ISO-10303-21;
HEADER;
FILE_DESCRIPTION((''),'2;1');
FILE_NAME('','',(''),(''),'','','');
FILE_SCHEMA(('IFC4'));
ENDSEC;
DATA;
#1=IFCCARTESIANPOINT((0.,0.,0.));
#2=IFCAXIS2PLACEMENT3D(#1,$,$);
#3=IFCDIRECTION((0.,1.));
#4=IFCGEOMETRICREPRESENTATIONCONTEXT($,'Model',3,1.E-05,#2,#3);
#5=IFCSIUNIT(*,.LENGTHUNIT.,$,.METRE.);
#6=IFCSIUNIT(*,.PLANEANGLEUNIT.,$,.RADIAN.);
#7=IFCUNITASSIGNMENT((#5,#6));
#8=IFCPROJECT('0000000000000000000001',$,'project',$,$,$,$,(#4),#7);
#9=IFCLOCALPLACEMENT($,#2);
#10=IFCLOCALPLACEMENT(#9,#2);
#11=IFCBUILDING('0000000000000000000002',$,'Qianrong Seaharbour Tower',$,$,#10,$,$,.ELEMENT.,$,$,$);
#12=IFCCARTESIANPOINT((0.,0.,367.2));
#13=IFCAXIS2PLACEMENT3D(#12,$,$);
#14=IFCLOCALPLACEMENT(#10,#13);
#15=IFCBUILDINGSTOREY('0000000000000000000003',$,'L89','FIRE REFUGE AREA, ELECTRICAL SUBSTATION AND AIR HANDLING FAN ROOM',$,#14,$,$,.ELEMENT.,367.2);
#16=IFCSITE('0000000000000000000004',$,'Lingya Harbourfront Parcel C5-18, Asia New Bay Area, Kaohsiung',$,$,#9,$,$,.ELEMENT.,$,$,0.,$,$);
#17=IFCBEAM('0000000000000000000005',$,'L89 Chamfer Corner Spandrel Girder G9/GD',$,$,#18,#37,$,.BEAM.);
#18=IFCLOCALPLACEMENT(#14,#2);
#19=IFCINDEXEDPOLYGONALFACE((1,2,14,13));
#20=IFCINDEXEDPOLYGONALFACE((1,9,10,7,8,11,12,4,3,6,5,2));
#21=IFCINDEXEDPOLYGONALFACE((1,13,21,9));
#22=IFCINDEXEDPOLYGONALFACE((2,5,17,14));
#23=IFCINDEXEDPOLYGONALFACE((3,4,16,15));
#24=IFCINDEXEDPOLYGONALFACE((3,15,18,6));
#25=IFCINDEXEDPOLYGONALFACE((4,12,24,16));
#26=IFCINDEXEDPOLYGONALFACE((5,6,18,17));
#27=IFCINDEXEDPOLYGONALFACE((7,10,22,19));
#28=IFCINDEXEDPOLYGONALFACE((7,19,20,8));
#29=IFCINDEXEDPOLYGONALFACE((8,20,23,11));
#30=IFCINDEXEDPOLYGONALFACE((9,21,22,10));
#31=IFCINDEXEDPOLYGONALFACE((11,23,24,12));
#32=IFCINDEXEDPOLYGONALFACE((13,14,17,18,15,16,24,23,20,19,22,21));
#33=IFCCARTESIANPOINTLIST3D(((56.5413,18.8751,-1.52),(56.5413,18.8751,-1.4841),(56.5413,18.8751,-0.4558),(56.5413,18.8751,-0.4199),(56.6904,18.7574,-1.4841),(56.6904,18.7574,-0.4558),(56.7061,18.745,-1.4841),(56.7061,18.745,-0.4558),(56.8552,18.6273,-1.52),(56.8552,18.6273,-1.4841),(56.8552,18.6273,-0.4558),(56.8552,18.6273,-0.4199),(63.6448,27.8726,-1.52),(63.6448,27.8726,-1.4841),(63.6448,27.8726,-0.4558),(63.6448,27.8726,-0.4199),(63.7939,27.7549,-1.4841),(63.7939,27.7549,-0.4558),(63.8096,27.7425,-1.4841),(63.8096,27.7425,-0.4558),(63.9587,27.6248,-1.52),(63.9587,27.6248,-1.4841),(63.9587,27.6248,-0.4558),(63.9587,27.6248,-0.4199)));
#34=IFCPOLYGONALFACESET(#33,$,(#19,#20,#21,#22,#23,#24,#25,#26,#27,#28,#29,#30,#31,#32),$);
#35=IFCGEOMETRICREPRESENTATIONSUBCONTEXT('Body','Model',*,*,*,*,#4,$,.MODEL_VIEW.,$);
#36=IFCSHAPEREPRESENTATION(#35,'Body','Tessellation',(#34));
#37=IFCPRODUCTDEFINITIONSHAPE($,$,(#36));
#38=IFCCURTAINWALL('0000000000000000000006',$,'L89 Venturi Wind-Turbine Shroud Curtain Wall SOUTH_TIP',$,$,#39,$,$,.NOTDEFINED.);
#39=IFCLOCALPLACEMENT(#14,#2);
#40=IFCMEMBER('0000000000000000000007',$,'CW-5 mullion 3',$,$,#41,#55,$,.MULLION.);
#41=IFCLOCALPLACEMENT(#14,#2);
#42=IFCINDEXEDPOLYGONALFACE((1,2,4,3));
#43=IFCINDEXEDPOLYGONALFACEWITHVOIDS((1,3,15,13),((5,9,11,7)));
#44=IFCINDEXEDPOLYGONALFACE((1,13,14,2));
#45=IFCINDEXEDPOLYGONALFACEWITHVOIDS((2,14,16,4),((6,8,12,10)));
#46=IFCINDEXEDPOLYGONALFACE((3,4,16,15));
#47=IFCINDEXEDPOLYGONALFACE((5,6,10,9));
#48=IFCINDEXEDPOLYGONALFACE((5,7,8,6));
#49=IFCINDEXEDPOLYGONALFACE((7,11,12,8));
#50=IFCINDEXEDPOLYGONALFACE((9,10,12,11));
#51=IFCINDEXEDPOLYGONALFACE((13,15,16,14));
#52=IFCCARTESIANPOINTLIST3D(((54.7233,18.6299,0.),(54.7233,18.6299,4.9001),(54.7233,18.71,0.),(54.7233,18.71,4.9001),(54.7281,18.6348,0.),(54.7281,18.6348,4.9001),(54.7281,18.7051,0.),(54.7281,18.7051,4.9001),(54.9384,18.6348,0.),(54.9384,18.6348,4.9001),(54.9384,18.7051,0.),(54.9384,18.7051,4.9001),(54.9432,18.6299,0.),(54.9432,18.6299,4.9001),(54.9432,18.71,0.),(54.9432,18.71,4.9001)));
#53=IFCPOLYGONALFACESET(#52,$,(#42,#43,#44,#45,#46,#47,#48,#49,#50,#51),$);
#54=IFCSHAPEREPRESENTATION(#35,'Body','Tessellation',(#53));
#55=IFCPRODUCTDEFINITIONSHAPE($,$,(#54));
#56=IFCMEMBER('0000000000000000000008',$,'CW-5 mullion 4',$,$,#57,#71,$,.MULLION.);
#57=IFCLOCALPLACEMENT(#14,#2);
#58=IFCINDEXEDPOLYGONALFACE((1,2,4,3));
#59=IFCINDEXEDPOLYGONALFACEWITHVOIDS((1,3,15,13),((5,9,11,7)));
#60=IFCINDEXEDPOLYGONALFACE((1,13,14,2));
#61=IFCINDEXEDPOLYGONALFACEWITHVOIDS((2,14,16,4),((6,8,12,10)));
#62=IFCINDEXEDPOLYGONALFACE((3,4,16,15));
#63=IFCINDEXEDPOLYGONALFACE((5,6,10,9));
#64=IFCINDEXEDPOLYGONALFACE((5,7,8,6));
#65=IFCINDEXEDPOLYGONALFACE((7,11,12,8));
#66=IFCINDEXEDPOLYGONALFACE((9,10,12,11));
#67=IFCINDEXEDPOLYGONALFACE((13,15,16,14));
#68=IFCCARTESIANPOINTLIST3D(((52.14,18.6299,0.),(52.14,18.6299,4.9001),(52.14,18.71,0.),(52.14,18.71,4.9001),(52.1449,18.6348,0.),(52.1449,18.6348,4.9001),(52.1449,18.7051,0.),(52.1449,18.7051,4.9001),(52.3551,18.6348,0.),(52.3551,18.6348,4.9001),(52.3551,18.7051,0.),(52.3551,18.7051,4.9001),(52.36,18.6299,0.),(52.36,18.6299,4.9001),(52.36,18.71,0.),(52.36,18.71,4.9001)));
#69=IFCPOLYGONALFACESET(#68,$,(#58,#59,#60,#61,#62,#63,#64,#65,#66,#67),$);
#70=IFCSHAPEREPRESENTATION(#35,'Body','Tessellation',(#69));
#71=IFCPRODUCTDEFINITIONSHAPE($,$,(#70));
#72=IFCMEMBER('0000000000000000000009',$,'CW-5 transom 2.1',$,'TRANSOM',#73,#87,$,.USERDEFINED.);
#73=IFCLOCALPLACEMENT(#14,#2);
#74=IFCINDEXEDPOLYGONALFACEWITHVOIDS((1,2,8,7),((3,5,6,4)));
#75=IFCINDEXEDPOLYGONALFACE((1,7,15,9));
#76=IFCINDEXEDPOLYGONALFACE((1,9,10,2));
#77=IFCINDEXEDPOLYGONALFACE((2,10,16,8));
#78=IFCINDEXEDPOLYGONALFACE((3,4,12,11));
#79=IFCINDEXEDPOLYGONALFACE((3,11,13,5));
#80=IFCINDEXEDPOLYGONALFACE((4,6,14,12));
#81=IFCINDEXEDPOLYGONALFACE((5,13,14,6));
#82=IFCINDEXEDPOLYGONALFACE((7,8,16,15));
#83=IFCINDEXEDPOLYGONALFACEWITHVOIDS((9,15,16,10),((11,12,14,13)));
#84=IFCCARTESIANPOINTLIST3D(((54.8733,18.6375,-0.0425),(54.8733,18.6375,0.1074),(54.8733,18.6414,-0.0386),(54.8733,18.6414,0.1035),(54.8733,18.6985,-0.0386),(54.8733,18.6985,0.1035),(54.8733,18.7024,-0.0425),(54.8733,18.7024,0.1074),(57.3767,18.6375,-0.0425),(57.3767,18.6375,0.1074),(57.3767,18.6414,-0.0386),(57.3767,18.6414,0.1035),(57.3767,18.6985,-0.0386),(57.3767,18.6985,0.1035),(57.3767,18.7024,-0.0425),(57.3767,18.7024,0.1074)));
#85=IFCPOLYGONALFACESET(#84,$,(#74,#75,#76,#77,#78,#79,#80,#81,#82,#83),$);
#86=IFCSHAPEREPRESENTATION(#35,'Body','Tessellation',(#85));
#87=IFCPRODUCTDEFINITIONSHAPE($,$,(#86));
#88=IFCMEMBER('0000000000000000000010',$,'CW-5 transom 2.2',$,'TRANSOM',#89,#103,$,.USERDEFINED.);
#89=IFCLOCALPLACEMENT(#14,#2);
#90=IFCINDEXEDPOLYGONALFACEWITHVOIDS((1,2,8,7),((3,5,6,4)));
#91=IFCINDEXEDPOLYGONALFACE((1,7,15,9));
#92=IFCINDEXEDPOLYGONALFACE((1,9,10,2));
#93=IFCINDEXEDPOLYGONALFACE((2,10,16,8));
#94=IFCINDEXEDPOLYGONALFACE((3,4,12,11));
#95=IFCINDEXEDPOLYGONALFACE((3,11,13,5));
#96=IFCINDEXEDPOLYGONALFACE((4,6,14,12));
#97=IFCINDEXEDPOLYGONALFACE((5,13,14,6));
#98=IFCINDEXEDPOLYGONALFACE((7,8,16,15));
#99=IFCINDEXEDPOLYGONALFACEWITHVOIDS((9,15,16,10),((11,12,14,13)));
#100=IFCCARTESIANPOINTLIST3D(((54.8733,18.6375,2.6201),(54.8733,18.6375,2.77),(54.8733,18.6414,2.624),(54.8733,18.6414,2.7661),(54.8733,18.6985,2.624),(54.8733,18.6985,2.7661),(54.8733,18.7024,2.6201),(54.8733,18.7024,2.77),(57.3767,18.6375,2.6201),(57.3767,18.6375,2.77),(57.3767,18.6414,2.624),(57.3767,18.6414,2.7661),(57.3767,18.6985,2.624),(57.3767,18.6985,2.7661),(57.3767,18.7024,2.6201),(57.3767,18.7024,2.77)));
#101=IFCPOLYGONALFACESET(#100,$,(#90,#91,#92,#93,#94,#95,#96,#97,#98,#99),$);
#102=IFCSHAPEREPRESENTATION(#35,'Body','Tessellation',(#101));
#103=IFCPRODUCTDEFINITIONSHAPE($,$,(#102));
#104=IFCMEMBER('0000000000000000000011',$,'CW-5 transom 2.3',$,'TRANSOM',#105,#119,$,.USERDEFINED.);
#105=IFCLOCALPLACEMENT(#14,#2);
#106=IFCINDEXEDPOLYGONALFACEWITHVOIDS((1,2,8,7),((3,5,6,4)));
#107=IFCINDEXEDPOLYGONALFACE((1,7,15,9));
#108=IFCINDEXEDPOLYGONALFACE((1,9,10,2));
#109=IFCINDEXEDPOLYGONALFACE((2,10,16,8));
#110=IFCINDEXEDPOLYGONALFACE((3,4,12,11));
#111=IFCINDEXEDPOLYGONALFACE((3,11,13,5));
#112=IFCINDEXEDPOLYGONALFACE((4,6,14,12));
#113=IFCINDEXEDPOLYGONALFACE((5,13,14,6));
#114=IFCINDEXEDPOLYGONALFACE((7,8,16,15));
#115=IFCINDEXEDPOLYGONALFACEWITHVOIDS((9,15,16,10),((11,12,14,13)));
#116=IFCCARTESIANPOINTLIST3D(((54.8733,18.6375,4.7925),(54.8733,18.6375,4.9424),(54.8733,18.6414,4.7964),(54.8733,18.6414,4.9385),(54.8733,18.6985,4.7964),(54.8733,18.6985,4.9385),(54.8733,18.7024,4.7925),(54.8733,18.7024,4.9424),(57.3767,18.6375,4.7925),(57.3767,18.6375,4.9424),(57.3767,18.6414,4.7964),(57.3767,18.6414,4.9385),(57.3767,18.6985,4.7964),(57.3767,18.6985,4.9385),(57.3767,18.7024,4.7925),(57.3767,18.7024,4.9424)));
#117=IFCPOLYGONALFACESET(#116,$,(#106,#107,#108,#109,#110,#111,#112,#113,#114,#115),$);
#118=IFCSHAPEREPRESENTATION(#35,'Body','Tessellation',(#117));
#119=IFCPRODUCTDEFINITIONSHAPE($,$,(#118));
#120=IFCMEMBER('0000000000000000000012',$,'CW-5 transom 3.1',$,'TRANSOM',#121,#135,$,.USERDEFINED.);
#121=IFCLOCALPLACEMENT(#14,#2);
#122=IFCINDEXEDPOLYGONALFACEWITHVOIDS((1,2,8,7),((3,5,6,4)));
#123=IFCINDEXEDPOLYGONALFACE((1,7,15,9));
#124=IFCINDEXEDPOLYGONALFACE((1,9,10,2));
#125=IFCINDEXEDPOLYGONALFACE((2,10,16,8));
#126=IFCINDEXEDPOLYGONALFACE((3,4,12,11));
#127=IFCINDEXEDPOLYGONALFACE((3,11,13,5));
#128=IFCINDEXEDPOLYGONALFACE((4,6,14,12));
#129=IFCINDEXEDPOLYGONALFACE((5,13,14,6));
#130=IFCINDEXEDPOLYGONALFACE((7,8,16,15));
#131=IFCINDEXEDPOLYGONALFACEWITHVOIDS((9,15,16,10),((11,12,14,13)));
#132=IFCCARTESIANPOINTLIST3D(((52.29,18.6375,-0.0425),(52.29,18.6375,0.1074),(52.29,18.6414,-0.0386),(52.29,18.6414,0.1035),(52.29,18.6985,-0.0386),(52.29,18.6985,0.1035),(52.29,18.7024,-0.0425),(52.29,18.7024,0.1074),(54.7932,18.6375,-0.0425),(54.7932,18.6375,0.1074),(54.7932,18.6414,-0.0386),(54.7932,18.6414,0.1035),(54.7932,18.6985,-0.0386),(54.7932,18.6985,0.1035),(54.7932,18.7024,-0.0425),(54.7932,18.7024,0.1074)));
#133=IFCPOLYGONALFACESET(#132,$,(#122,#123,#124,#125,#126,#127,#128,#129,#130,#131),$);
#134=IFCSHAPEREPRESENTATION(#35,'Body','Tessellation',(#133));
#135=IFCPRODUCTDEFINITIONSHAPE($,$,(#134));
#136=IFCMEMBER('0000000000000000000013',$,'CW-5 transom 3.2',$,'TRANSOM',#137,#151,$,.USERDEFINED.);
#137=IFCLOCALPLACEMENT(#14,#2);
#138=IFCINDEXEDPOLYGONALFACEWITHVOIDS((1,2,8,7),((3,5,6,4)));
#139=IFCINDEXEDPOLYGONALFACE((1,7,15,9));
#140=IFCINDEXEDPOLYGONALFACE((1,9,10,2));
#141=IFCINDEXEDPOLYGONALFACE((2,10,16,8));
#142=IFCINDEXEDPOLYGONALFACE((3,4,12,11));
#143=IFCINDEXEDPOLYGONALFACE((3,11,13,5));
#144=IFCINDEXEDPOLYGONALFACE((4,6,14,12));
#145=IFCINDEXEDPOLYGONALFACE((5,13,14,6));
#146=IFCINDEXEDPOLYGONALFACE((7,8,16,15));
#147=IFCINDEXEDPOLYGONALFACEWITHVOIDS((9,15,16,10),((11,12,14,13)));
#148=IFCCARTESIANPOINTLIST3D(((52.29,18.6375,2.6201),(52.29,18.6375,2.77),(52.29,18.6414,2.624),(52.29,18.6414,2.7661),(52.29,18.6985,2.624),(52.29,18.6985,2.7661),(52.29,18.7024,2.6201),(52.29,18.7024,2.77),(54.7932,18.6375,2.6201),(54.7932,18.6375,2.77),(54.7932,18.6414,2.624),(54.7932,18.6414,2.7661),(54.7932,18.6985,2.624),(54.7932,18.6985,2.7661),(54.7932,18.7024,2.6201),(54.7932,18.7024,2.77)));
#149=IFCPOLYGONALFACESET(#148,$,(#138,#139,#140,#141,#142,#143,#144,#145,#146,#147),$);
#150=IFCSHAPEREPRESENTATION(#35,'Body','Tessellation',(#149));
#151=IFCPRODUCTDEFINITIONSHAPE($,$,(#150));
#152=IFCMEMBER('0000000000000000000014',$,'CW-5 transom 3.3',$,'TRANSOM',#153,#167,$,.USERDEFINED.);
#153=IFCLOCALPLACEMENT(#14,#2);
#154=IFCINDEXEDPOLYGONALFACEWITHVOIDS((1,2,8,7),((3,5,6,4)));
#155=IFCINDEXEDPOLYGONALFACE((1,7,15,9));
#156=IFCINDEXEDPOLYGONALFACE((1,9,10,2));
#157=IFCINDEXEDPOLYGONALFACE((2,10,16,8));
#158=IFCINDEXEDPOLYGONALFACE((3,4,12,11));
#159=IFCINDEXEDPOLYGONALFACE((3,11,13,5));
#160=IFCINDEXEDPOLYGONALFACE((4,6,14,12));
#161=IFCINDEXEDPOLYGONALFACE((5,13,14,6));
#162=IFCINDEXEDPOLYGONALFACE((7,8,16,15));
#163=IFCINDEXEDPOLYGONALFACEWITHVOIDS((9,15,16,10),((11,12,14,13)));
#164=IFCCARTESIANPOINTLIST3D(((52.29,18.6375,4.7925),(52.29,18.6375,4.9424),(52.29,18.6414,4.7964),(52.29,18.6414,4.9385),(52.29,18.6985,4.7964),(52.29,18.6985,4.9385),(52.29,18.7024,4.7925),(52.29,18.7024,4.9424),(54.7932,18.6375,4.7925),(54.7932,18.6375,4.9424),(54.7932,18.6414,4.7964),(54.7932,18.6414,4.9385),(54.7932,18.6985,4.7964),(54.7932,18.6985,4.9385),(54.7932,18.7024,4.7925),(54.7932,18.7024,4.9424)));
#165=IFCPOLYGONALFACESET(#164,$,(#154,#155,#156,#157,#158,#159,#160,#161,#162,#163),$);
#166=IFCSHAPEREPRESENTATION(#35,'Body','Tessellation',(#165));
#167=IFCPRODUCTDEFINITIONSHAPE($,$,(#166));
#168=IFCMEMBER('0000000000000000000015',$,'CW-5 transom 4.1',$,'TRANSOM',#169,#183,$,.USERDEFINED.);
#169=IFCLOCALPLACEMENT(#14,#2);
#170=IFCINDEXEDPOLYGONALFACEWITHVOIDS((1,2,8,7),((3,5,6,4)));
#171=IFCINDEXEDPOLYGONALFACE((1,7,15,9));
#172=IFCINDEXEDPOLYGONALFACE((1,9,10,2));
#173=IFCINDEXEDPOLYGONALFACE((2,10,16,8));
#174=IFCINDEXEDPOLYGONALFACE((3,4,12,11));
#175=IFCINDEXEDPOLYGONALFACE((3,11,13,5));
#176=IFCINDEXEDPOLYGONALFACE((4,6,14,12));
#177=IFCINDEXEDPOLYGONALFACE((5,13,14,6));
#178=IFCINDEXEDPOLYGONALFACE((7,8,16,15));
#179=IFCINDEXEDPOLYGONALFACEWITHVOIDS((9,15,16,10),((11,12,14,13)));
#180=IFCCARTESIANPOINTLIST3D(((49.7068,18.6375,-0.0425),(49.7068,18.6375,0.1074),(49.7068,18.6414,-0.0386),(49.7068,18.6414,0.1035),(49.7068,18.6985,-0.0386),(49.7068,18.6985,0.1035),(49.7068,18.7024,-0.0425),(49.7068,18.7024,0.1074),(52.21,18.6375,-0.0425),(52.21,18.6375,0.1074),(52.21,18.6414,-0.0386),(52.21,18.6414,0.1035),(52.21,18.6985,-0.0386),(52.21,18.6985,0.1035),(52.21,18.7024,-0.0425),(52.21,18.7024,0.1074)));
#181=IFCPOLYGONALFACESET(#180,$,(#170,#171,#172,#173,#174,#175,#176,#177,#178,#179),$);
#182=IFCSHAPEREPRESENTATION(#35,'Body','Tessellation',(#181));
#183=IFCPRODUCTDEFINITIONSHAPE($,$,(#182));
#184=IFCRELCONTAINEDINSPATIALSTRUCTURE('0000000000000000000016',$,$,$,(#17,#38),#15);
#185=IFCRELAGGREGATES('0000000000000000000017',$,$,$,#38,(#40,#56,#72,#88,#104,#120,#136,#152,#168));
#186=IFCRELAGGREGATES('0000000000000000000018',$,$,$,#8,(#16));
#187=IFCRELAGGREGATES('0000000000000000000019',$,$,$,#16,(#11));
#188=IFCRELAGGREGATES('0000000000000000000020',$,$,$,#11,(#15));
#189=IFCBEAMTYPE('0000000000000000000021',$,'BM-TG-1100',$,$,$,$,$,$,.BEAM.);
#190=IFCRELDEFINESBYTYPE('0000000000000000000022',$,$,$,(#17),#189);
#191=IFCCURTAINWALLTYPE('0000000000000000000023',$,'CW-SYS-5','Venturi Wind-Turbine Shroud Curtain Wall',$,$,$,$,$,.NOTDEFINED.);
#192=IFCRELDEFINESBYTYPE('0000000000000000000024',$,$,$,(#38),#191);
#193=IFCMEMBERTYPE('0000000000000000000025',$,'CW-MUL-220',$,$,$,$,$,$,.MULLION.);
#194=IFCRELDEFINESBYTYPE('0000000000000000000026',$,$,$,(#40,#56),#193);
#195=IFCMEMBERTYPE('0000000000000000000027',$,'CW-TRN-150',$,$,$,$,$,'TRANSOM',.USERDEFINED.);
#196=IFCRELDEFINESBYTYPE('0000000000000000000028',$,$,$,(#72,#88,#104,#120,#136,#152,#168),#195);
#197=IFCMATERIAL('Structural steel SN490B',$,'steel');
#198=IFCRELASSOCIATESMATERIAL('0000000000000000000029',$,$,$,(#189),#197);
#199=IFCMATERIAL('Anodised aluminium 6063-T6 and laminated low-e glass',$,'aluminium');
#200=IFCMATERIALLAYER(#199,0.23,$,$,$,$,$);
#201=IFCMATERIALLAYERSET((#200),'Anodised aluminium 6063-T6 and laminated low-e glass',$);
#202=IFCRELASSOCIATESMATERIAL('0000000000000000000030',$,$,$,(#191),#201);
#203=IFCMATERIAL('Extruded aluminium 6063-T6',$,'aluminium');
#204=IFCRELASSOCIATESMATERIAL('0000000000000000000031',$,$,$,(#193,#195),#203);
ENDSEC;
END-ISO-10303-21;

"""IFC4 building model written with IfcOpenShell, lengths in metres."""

from ifc_helpers import new_model, si_unit, direction, frame, origin, origin_2d, place, context, subcontext, project, spatial, hollow_rectangle, i_section, extrude, material, layer, layer_set, material_profile, profile_set, type_object, element, aggregate, save


model = new_model("IFC4")

# Units and contexts
model_context = context("Model", 3, precision=1e-05, world=origin(), true_north=direction((0.0, 1.0)))
body_context = subcontext(model_context, "Body", "Model", "MODEL_VIEW")
ifc_project = project(units=[si_unit("LENGTHUNIT", "METRE"), si_unit("PLANEANGLEUNIT", "RADIAN")], contexts=[model_context])

# Site, building, storey
site_placement = place(None, origin())
site = spatial("IfcSite", under=ifc_project, at=site_placement, Name="Lingya Harbourfront Parcel C5-18, Asia New Bay Area, Kaohsiung", CompositionType="ELEMENT", RefElevation=0.0)
building_placement = place(site_placement, origin())
building = spatial("IfcBuilding", under=site, at=building_placement, Name="Qianrong Seaharbour Tower", CompositionType="ELEMENT")
storey_placement = place(building_placement, frame((0.0, 0.0, 367.2)))
storey = spatial("IfcBuildingStorey", under=building, at=storey_placement, Name="L89", Description="FIRE REFUGE AREA, ELECTRICAL SUBSTATION AND AIR HANDLING FAN ROOM", CompositionType="ELEMENT", Elevation=367.2)

# Beam
ifc_material_1 = material(Name="Structural steel SN490B", Category="steel")
ifc_material_profile_1 = material_profile(ifc_material_1, i_section(OverallWidth=0.3999, OverallDepth=1.1001, WebThickness=0.02, FlangeThickness=0.0359, at=origin_2d()), Name="BH1100x400x20x36")
ifc_profile_set_1 = profile_set([ifc_material_profile_1], Name="Structural steel SN490B")
beam_type_1 = type_object("IfcBeamType", Name="BM-TG-1100", PredefinedType="BEAM", material=ifc_profile_set_1)
beam_1_placement = place(storey_placement, frame((56.6982, 18.7512, -0.97), z_axis=(0.619654, 0.784875, 0.0), x_axis=(-0.784875, 0.619654, 0.0)))
element("IfcBeam", 1, at=beam_1_placement, inside=storey, type_object=beam_type_1, Name="L89 Chamfer Corner Spandrel Girder G9/GD", PredefinedType="BEAM", context=body_context, shape_type="SweptSolid", body=[
    extrude(i_section(OverallWidth=0.3999, OverallDepth=1.1001, WebThickness=0.02, FlangeThickness=0.0359, at=origin_2d()), origin(), (0.0, 0.0, 1.0), 11.4636),
])

# Curtain wall, members
ifc_material_2 = material(Name="Anodised aluminium 6063-T6 and laminated low-e glass", Category="aluminium")
ifc_layer_1 = layer(ifc_material_2, 0.23)
ifc_layer_set_1 = layer_set([ifc_layer_1], Name="Anodised aluminium 6063-T6 and laminated low-e glass")
curtain_wall_type = type_object("IfcCurtainWallType", Name="CW-SYS-5", Description="Venturi Wind-Turbine Shroud Curtain Wall", PredefinedType="NOTDEFINED", material=ifc_layer_set_1)
curtain_wall_placement = place(storey_placement, origin())
curtain_wall = element("IfcCurtainWall", 2, at=curtain_wall_placement, inside=storey, type_object=curtain_wall_type, Name="L89 Venturi Wind-Turbine Shroud Curtain Wall SOUTH_TIP", PredefinedType="NOTDEFINED")
ifc_material_3 = material(Name="Extruded aluminium 6063-T6", Category="aluminium")
ifc_material_profile_2 = material_profile(ifc_material_3, hollow_rectangle(XDim=0.0801, YDim=0.22, WallThickness=0.0049, at=origin_2d()), Name="ALU-MUL-220x80x5")
ifc_profile_set_2 = profile_set([ifc_material_profile_2], Name="Extruded aluminium 6063-T6")
member_type_1 = type_object("IfcMemberType", Name="CW-MUL-220", PredefinedType="MULLION", material=ifc_profile_set_2)
member_1_placement = place(storey_placement, frame((54.8333, 18.6699, 0.0), z_axis=(0.0, 0.0, 1.0), x_axis=(0.0, -1.0, 0.0)))
member_1 = element("IfcMember", 3, at=member_1_placement, type_object=member_type_1, Name="CW-5 mullion 3", PredefinedType="MULLION", context=body_context, shape_type="SweptSolid", body=[
    extrude(hollow_rectangle(XDim=0.0801, YDim=0.22, WallThickness=0.0049, at=origin_2d()), origin(), (0.0, 0.0, 1.0), 4.9001),
])
member_2_placement = place(storey_placement, frame((52.25, 18.6699, 0.0), z_axis=(0.0, 0.0, 1.0), x_axis=(0.0, -1.0, 0.0)))
member_2 = element("IfcMember", 4, at=member_2_placement, type_object=member_type_1, Name="CW-5 mullion 4", PredefinedType="MULLION", context=body_context, shape_type="SweptSolid", body=[
    extrude(hollow_rectangle(XDim=0.0801, YDim=0.22, WallThickness=0.0049, at=origin_2d()), origin(), (0.0, 0.0, 1.0), 4.9001),
])
ifc_material_profile_3 = material_profile(ifc_material_3, hollow_rectangle(XDim=0.0649, YDim=0.1499, WallThickness=0.0039, at=origin_2d()), Name="ALU-TRN-150x65x4")
ifc_profile_set_3 = profile_set([ifc_material_profile_3], Name="Extruded aluminium 6063-T6")
member_type_2 = type_object("IfcMemberType", Name="CW-TRN-150", ElementType="TRANSOM", PredefinedType="USERDEFINED", material=ifc_profile_set_3)
member_3_placement = place(storey_placement, frame((57.3767, 18.6699, 0.0325), z_axis=(-1.0, 0.0, 0.0), x_axis=(0.0, -1.0, 0.0)))
member_3 = element("IfcMember", 5, at=member_3_placement, type_object=member_type_2, Name="CW-5 transom 2.1", ObjectType="TRANSOM", PredefinedType="USERDEFINED", context=body_context, shape_type="SweptSolid", body=[
    extrude(hollow_rectangle(XDim=0.0649, YDim=0.1499, WallThickness=0.0039, at=origin_2d()), origin(), (0.0, 0.0, 1.0), 2.5034),
])
member_4_placement = place(storey_placement, frame((57.3767, 18.6699, 2.6951), z_axis=(-1.0, 0.0, 0.0), x_axis=(0.0, -1.0, 0.0)))
member_4 = element("IfcMember", 6, at=member_4_placement, type_object=member_type_2, Name="CW-5 transom 2.2", ObjectType="TRANSOM", PredefinedType="USERDEFINED", context=body_context, shape_type="SweptSolid", body=[
    extrude(hollow_rectangle(XDim=0.0649, YDim=0.1499, WallThickness=0.0039, at=origin_2d()), origin(), (0.0, 0.0, 1.0), 2.5034),
])
member_5_placement = place(storey_placement, frame((57.3767, 18.6699, 4.8674), z_axis=(-1.0, 0.0, 0.0), x_axis=(0.0, -1.0, 0.0)))
member_5 = element("IfcMember", 7, at=member_5_placement, type_object=member_type_2, Name="CW-5 transom 2.3", ObjectType="TRANSOM", PredefinedType="USERDEFINED", context=body_context, shape_type="SweptSolid", body=[
    extrude(hollow_rectangle(XDim=0.0649, YDim=0.1499, WallThickness=0.0039, at=origin_2d()), origin(), (0.0, 0.0, 1.0), 2.5034),
])
member_6_placement = place(storey_placement, frame((54.7932, 18.6699, 0.0325), z_axis=(-1.0, 0.0, 0.0), x_axis=(0.0, -1.0, 0.0)))
member_6 = element("IfcMember", 8, at=member_6_placement, type_object=member_type_2, Name="CW-5 transom 3.1", ObjectType="TRANSOM", PredefinedType="USERDEFINED", context=body_context, shape_type="SweptSolid", body=[
    extrude(hollow_rectangle(XDim=0.0649, YDim=0.1499, WallThickness=0.0039, at=origin_2d()), origin(), (0.0, 0.0, 1.0), 2.5032),
])
member_7_placement = place(storey_placement, frame((54.7932, 18.6699, 2.6951), z_axis=(-1.0, 0.0, 0.0), x_axis=(0.0, -1.0, 0.0)))
member_7 = element("IfcMember", 9, at=member_7_placement, type_object=member_type_2, Name="CW-5 transom 3.2", ObjectType="TRANSOM", PredefinedType="USERDEFINED", context=body_context, shape_type="SweptSolid", body=[
    extrude(hollow_rectangle(XDim=0.0649, YDim=0.1499, WallThickness=0.0039, at=origin_2d()), origin(), (0.0, 0.0, 1.0), 2.5032),
])
member_8_placement = place(storey_placement, frame((54.7932, 18.6699, 4.8674), z_axis=(-1.0, 0.0, 0.0), x_axis=(0.0, -1.0, 0.0)))
member_8 = element("IfcMember", 10, at=member_8_placement, type_object=member_type_2, Name="CW-5 transom 3.3", ObjectType="TRANSOM", PredefinedType="USERDEFINED", context=body_context, shape_type="SweptSolid", body=[
    extrude(hollow_rectangle(XDim=0.0649, YDim=0.1499, WallThickness=0.0039, at=origin_2d()), origin(), (0.0, 0.0, 1.0), 2.5032),
])
member_9_placement = place(storey_placement, frame((52.21, 18.6699, 0.0325), z_axis=(-1.0, 0.0, 0.0), x_axis=(0.0, -1.0, 0.0)))
member_9 = element("IfcMember", 11, at=member_9_placement, type_object=member_type_2, Name="CW-5 transom 4.1", ObjectType="TRANSOM", PredefinedType="USERDEFINED", context=body_context, shape_type="SweptSolid", body=[
    extrude(hollow_rectangle(XDim=0.0649, YDim=0.1499, WallThickness=0.0039, at=origin_2d()), origin(), (0.0, 0.0, 1.0), 2.5032),
])
aggregate(curtain_wall, [member_1, member_2, member_3, member_4, member_5, member_6, member_7, member_8, member_9])

save(model, "model.ifc")
